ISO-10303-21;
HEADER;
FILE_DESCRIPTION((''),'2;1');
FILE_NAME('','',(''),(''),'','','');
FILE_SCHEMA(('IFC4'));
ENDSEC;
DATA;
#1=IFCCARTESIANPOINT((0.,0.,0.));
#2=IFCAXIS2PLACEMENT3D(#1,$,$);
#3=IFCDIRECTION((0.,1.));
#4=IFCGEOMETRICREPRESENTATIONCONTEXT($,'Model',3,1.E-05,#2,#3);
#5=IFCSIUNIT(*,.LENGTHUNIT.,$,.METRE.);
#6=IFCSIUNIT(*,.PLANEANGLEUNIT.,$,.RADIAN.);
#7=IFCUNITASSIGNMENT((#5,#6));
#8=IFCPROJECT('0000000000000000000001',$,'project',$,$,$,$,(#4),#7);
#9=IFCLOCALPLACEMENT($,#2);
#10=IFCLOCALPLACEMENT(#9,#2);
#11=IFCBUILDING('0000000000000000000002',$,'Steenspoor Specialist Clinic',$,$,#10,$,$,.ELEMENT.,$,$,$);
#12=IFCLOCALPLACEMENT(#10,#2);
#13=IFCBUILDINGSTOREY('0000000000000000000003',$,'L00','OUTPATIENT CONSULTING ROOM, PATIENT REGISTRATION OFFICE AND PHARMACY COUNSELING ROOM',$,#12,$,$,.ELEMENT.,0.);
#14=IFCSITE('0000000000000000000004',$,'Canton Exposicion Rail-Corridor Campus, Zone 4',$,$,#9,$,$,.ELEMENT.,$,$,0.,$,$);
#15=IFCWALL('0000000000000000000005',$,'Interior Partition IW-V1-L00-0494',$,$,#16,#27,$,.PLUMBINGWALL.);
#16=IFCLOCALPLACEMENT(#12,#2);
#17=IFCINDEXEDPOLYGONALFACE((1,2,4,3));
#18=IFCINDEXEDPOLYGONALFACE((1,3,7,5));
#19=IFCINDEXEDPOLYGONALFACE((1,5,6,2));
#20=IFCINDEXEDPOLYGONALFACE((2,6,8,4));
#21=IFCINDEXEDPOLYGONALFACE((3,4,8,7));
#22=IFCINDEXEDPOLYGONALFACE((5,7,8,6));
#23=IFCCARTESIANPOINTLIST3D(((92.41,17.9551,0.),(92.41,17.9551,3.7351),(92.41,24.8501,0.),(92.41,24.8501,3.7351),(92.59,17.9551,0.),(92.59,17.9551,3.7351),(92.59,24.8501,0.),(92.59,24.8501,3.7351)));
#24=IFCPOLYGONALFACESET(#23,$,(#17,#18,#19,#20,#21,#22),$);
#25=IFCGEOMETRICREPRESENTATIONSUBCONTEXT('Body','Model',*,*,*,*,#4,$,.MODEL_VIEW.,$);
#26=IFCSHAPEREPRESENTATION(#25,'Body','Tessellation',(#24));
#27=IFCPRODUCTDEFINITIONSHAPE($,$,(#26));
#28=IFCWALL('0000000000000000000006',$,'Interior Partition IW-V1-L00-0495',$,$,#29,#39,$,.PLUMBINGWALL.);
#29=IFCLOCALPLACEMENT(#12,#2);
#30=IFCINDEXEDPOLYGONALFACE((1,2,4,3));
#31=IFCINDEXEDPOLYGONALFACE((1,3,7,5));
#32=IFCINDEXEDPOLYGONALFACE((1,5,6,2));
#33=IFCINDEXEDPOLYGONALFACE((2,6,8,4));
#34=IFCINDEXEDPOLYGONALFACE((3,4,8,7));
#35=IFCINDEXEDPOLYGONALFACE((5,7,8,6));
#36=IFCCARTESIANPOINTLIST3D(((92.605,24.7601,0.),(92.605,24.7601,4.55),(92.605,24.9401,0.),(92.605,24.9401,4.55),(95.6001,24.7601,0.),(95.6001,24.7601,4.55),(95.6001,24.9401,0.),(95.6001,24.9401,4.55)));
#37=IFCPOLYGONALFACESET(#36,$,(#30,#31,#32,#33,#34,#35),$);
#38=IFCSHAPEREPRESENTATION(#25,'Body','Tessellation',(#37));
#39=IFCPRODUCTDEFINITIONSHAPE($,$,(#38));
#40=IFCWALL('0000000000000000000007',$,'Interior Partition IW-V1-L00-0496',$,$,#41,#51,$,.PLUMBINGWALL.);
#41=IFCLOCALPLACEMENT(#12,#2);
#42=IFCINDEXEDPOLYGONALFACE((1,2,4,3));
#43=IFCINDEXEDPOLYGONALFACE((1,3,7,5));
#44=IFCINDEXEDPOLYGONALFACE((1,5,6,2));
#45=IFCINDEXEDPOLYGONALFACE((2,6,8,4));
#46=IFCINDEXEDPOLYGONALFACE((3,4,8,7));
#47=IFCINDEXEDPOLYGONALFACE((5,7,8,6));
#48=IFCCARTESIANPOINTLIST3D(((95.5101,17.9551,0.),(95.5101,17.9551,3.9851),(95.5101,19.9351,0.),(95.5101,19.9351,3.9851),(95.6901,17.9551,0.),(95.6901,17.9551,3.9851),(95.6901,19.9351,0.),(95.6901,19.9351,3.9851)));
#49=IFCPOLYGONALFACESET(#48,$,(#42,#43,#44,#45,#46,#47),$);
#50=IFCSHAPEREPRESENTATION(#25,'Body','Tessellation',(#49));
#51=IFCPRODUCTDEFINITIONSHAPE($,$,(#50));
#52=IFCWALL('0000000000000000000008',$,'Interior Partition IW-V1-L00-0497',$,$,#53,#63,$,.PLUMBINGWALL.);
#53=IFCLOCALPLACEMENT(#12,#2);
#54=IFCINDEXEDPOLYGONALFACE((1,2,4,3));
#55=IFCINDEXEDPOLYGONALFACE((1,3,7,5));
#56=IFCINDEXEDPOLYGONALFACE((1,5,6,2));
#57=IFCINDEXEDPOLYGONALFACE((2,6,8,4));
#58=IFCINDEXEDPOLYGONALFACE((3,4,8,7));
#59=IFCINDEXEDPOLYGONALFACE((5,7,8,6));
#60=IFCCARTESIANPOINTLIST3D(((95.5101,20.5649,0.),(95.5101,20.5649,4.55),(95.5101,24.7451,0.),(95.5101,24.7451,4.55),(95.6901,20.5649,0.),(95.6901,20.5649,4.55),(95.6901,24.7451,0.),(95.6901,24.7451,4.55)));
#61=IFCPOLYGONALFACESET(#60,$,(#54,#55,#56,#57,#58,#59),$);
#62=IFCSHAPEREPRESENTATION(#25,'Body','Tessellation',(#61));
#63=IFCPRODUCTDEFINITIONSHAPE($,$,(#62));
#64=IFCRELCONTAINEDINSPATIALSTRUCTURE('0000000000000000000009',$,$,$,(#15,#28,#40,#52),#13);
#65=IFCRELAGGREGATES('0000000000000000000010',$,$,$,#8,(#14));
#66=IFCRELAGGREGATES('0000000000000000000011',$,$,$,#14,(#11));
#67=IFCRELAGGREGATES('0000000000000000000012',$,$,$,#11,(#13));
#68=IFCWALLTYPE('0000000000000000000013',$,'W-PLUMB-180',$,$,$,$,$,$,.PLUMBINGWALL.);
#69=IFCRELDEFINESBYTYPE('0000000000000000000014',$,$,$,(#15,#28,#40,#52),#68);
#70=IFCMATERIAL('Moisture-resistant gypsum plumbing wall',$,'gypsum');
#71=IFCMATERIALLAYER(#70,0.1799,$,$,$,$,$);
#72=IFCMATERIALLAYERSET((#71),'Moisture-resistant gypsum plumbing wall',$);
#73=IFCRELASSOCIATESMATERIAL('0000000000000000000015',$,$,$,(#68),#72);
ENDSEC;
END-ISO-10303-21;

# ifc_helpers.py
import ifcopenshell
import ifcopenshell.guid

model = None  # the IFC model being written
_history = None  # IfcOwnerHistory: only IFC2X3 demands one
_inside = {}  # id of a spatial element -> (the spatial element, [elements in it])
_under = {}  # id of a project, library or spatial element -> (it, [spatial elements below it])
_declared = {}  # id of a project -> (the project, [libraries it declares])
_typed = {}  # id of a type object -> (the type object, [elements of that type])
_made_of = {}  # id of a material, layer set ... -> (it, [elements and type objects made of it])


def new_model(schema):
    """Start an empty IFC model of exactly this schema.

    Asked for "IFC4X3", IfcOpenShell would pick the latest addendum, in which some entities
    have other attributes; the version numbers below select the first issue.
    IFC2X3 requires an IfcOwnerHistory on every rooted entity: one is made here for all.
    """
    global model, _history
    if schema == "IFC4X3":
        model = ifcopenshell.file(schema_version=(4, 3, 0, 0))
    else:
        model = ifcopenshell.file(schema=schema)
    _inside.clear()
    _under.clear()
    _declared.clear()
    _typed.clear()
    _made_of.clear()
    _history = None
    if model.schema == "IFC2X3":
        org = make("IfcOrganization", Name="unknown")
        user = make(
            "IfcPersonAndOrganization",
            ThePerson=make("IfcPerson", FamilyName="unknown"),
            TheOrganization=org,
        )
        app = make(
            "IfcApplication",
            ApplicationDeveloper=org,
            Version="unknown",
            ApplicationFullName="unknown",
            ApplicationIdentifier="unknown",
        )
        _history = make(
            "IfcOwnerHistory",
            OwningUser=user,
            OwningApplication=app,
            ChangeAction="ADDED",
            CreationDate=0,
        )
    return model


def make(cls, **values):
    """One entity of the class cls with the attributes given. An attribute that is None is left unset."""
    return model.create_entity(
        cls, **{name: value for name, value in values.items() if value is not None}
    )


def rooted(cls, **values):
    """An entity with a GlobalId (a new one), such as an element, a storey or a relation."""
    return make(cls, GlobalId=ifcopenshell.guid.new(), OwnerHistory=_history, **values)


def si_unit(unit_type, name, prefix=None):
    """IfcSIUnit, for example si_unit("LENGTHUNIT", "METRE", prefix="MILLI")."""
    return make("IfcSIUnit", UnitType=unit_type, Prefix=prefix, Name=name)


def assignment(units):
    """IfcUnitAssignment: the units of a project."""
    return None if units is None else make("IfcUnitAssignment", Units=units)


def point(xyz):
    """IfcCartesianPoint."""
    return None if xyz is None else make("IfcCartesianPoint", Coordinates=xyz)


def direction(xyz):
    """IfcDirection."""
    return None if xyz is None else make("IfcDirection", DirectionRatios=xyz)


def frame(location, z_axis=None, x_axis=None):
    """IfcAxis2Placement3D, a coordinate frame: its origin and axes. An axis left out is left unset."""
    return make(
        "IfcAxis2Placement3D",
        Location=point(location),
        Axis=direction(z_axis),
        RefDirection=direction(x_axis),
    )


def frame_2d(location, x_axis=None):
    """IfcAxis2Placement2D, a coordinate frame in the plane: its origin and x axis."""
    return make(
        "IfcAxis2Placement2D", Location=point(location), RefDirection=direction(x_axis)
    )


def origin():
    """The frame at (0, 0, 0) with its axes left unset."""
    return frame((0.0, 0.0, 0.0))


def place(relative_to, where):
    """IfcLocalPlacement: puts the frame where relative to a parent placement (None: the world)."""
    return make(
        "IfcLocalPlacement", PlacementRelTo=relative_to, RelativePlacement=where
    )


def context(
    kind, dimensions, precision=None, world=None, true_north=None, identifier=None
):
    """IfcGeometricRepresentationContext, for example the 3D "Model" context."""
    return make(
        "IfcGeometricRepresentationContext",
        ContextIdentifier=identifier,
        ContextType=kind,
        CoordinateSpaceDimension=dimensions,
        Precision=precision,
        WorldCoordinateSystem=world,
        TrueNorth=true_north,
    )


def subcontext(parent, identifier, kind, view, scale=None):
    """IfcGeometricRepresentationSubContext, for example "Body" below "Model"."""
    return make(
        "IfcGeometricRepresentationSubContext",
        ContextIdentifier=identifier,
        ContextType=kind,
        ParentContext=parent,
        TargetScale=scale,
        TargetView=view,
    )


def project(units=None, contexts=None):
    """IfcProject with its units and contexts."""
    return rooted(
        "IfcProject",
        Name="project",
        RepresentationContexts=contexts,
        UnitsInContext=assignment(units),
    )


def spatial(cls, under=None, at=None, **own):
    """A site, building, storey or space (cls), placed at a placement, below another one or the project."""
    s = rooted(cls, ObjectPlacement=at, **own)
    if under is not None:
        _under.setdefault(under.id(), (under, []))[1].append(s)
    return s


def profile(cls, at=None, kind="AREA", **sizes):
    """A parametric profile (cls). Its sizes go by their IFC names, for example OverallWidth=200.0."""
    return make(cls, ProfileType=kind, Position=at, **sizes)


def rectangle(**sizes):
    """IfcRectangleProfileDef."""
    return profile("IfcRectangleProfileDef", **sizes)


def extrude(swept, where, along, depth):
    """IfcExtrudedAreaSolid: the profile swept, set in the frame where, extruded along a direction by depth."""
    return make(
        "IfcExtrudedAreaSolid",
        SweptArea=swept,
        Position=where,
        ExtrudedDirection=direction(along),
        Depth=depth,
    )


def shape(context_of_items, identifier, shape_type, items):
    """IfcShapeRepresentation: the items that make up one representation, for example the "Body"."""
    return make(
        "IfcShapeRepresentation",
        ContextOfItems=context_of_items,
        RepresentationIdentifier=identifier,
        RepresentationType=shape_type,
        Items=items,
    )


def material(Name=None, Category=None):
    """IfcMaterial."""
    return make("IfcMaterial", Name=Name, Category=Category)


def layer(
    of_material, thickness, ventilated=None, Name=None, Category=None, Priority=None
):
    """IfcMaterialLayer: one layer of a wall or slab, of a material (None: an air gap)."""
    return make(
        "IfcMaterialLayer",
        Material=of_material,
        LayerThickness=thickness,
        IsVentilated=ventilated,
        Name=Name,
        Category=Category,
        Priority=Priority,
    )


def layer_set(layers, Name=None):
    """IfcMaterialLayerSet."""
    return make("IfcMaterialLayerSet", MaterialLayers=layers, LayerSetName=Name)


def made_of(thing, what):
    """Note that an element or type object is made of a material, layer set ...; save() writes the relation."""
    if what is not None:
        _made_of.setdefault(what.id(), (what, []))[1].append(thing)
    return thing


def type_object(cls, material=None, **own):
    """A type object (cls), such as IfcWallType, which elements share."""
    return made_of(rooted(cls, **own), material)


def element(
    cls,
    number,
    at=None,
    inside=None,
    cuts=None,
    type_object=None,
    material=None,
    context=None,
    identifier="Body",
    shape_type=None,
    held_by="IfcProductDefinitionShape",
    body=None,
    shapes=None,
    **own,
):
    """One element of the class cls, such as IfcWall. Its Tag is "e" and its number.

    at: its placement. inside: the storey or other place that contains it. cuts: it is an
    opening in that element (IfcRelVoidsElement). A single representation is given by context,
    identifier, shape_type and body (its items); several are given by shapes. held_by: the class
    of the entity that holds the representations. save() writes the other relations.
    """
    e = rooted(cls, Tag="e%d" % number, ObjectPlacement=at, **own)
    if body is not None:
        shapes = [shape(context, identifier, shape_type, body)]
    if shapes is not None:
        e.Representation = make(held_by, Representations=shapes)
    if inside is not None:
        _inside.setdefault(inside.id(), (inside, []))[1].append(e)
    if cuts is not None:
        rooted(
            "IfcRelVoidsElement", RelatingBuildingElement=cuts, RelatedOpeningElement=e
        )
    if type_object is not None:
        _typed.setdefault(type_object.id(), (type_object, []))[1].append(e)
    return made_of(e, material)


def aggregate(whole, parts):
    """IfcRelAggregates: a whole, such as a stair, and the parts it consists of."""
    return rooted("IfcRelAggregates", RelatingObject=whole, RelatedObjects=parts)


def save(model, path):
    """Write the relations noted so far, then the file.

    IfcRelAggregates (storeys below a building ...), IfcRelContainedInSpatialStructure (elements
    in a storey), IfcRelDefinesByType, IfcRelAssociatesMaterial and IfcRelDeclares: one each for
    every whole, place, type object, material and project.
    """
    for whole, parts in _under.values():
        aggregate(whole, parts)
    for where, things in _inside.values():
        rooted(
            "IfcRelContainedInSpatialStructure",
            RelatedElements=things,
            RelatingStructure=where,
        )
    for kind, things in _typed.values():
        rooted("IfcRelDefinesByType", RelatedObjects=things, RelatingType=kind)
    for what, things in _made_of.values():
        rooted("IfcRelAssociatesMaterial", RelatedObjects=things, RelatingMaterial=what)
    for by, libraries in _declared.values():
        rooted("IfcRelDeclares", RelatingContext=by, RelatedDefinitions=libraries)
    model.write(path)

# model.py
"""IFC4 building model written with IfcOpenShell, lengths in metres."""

from ifc_helpers import new_model, si_unit, direction, frame, frame_2d, origin, place, context, subcontext, project, spatial, rectangle, extrude, material, layer, layer_set, type_object, element, save


model = new_model("IFC4")

# Units and contexts
model_context = context("Model", 3, precision=1e-05, world=origin(), true_north=direction((0.0, 1.0)))
body_context = subcontext(model_context, "Body", "Model", "MODEL_VIEW")
ifc_project = project(units=[si_unit("LENGTHUNIT", "METRE"), si_unit("PLANEANGLEUNIT", "RADIAN")], contexts=[model_context])

# Site, building, storey
site_placement = place(None, origin())
site = spatial("IfcSite", under=ifc_project, at=site_placement, Name="Canton Exposicion Rail-Corridor Campus, Zone 4", CompositionType="ELEMENT", RefElevation=0.0)
building_placement = place(site_placement, origin())
building = spatial("IfcBuilding", under=site, at=building_placement, Name="Steenspoor Specialist Clinic", CompositionType="ELEMENT")
storey_placement = place(building_placement, origin())
storey = spatial("IfcBuildingStorey", under=building, at=storey_placement, Name="L00", Description="OUTPATIENT CONSULTING ROOM, PATIENT REGISTRATION OFFICE AND PHARMACY COUNSELING ROOM", CompositionType="ELEMENT", Elevation=0.0)

# Shared definitions
ifc_material_1 = material(Name="Moisture-resistant gypsum plumbing wall", Category="gypsum")
ifc_layer_1 = layer(ifc_material_1, 0.1799)
ifc_layer_set_1 = layer_set([ifc_layer_1], Name="Moisture-resistant gypsum plumbing wall")
wall_type_1 = type_object("IfcWallType", Name="W-PLUMB-180", PredefinedType="PLUMBINGWALL", material=ifc_layer_set_1)

# Walls
wall_1_placement = place(storey_placement, frame((92.5, 17.9551, 0.0), z_axis=(0.0, 0.0, 1.0), x_axis=(0.0, 1.0, 0.0)))
element("IfcWall", 1, at=wall_1_placement, inside=storey, type_object=wall_type_1, Name="Interior Partition IW-V1-L00-0494", PredefinedType="PLUMBINGWALL", context=body_context, shape_type="SweptSolid", body=[
    extrude(rectangle(XDim=6.895, YDim=0.1799, at=frame_2d((3.4475, 0.0))), origin(), (0.0, 0.0, 1.0), 3.7351),
])
wall_2_placement = place(storey_placement, frame((92.605, 24.8501, 0.0), z_axis=(0.0, 0.0, 1.0), x_axis=(1.0, 0.0, 0.0)))
element("IfcWall", 2, at=wall_2_placement, inside=storey, type_object=wall_type_1, Name="Interior Partition IW-V1-L00-0495", PredefinedType="PLUMBINGWALL", context=body_context, shape_type="SweptSolid", body=[
    extrude(rectangle(XDim=2.9951, YDim=0.1799, at=frame_2d((1.4976, 0.0))), origin(), (0.0, 0.0, 1.0), 4.55),
])
wall_3_placement = place(storey_placement, frame((95.6001, 17.9551, 0.0), z_axis=(0.0, 0.0, 1.0), x_axis=(0.0, 1.0, 0.0)))
element("IfcWall", 3, at=wall_3_placement, inside=storey, type_object=wall_type_1, Name="Interior Partition IW-V1-L00-0496", PredefinedType="PLUMBINGWALL", context=body_context, shape_type="SweptSolid", body=[
    extrude(rectangle(XDim=1.98, YDim=0.1799, at=frame_2d((0.99, 0.0))), origin(), (0.0, 0.0, 1.0), 3.9851),
])
wall_4_placement = place(storey_placement, frame((95.6001, 20.5649, 0.0), z_axis=(0.0, 0.0, 1.0), x_axis=(0.0, 1.0, 0.0)))
element("IfcWall", 4, at=wall_4_placement, inside=storey, type_object=wall_type_1, Name="Interior Partition IW-V1-L00-0497", PredefinedType="PLUMBINGWALL", context=body_context, shape_type="SweptSolid", body=[
    extrude(rectangle(XDim=4.1802, YDim=0.1799, at=frame_2d((2.0901, 0.0))), origin(), (0.0, 0.0, 1.0), 4.55),
])

save(model, "model.ifc")
